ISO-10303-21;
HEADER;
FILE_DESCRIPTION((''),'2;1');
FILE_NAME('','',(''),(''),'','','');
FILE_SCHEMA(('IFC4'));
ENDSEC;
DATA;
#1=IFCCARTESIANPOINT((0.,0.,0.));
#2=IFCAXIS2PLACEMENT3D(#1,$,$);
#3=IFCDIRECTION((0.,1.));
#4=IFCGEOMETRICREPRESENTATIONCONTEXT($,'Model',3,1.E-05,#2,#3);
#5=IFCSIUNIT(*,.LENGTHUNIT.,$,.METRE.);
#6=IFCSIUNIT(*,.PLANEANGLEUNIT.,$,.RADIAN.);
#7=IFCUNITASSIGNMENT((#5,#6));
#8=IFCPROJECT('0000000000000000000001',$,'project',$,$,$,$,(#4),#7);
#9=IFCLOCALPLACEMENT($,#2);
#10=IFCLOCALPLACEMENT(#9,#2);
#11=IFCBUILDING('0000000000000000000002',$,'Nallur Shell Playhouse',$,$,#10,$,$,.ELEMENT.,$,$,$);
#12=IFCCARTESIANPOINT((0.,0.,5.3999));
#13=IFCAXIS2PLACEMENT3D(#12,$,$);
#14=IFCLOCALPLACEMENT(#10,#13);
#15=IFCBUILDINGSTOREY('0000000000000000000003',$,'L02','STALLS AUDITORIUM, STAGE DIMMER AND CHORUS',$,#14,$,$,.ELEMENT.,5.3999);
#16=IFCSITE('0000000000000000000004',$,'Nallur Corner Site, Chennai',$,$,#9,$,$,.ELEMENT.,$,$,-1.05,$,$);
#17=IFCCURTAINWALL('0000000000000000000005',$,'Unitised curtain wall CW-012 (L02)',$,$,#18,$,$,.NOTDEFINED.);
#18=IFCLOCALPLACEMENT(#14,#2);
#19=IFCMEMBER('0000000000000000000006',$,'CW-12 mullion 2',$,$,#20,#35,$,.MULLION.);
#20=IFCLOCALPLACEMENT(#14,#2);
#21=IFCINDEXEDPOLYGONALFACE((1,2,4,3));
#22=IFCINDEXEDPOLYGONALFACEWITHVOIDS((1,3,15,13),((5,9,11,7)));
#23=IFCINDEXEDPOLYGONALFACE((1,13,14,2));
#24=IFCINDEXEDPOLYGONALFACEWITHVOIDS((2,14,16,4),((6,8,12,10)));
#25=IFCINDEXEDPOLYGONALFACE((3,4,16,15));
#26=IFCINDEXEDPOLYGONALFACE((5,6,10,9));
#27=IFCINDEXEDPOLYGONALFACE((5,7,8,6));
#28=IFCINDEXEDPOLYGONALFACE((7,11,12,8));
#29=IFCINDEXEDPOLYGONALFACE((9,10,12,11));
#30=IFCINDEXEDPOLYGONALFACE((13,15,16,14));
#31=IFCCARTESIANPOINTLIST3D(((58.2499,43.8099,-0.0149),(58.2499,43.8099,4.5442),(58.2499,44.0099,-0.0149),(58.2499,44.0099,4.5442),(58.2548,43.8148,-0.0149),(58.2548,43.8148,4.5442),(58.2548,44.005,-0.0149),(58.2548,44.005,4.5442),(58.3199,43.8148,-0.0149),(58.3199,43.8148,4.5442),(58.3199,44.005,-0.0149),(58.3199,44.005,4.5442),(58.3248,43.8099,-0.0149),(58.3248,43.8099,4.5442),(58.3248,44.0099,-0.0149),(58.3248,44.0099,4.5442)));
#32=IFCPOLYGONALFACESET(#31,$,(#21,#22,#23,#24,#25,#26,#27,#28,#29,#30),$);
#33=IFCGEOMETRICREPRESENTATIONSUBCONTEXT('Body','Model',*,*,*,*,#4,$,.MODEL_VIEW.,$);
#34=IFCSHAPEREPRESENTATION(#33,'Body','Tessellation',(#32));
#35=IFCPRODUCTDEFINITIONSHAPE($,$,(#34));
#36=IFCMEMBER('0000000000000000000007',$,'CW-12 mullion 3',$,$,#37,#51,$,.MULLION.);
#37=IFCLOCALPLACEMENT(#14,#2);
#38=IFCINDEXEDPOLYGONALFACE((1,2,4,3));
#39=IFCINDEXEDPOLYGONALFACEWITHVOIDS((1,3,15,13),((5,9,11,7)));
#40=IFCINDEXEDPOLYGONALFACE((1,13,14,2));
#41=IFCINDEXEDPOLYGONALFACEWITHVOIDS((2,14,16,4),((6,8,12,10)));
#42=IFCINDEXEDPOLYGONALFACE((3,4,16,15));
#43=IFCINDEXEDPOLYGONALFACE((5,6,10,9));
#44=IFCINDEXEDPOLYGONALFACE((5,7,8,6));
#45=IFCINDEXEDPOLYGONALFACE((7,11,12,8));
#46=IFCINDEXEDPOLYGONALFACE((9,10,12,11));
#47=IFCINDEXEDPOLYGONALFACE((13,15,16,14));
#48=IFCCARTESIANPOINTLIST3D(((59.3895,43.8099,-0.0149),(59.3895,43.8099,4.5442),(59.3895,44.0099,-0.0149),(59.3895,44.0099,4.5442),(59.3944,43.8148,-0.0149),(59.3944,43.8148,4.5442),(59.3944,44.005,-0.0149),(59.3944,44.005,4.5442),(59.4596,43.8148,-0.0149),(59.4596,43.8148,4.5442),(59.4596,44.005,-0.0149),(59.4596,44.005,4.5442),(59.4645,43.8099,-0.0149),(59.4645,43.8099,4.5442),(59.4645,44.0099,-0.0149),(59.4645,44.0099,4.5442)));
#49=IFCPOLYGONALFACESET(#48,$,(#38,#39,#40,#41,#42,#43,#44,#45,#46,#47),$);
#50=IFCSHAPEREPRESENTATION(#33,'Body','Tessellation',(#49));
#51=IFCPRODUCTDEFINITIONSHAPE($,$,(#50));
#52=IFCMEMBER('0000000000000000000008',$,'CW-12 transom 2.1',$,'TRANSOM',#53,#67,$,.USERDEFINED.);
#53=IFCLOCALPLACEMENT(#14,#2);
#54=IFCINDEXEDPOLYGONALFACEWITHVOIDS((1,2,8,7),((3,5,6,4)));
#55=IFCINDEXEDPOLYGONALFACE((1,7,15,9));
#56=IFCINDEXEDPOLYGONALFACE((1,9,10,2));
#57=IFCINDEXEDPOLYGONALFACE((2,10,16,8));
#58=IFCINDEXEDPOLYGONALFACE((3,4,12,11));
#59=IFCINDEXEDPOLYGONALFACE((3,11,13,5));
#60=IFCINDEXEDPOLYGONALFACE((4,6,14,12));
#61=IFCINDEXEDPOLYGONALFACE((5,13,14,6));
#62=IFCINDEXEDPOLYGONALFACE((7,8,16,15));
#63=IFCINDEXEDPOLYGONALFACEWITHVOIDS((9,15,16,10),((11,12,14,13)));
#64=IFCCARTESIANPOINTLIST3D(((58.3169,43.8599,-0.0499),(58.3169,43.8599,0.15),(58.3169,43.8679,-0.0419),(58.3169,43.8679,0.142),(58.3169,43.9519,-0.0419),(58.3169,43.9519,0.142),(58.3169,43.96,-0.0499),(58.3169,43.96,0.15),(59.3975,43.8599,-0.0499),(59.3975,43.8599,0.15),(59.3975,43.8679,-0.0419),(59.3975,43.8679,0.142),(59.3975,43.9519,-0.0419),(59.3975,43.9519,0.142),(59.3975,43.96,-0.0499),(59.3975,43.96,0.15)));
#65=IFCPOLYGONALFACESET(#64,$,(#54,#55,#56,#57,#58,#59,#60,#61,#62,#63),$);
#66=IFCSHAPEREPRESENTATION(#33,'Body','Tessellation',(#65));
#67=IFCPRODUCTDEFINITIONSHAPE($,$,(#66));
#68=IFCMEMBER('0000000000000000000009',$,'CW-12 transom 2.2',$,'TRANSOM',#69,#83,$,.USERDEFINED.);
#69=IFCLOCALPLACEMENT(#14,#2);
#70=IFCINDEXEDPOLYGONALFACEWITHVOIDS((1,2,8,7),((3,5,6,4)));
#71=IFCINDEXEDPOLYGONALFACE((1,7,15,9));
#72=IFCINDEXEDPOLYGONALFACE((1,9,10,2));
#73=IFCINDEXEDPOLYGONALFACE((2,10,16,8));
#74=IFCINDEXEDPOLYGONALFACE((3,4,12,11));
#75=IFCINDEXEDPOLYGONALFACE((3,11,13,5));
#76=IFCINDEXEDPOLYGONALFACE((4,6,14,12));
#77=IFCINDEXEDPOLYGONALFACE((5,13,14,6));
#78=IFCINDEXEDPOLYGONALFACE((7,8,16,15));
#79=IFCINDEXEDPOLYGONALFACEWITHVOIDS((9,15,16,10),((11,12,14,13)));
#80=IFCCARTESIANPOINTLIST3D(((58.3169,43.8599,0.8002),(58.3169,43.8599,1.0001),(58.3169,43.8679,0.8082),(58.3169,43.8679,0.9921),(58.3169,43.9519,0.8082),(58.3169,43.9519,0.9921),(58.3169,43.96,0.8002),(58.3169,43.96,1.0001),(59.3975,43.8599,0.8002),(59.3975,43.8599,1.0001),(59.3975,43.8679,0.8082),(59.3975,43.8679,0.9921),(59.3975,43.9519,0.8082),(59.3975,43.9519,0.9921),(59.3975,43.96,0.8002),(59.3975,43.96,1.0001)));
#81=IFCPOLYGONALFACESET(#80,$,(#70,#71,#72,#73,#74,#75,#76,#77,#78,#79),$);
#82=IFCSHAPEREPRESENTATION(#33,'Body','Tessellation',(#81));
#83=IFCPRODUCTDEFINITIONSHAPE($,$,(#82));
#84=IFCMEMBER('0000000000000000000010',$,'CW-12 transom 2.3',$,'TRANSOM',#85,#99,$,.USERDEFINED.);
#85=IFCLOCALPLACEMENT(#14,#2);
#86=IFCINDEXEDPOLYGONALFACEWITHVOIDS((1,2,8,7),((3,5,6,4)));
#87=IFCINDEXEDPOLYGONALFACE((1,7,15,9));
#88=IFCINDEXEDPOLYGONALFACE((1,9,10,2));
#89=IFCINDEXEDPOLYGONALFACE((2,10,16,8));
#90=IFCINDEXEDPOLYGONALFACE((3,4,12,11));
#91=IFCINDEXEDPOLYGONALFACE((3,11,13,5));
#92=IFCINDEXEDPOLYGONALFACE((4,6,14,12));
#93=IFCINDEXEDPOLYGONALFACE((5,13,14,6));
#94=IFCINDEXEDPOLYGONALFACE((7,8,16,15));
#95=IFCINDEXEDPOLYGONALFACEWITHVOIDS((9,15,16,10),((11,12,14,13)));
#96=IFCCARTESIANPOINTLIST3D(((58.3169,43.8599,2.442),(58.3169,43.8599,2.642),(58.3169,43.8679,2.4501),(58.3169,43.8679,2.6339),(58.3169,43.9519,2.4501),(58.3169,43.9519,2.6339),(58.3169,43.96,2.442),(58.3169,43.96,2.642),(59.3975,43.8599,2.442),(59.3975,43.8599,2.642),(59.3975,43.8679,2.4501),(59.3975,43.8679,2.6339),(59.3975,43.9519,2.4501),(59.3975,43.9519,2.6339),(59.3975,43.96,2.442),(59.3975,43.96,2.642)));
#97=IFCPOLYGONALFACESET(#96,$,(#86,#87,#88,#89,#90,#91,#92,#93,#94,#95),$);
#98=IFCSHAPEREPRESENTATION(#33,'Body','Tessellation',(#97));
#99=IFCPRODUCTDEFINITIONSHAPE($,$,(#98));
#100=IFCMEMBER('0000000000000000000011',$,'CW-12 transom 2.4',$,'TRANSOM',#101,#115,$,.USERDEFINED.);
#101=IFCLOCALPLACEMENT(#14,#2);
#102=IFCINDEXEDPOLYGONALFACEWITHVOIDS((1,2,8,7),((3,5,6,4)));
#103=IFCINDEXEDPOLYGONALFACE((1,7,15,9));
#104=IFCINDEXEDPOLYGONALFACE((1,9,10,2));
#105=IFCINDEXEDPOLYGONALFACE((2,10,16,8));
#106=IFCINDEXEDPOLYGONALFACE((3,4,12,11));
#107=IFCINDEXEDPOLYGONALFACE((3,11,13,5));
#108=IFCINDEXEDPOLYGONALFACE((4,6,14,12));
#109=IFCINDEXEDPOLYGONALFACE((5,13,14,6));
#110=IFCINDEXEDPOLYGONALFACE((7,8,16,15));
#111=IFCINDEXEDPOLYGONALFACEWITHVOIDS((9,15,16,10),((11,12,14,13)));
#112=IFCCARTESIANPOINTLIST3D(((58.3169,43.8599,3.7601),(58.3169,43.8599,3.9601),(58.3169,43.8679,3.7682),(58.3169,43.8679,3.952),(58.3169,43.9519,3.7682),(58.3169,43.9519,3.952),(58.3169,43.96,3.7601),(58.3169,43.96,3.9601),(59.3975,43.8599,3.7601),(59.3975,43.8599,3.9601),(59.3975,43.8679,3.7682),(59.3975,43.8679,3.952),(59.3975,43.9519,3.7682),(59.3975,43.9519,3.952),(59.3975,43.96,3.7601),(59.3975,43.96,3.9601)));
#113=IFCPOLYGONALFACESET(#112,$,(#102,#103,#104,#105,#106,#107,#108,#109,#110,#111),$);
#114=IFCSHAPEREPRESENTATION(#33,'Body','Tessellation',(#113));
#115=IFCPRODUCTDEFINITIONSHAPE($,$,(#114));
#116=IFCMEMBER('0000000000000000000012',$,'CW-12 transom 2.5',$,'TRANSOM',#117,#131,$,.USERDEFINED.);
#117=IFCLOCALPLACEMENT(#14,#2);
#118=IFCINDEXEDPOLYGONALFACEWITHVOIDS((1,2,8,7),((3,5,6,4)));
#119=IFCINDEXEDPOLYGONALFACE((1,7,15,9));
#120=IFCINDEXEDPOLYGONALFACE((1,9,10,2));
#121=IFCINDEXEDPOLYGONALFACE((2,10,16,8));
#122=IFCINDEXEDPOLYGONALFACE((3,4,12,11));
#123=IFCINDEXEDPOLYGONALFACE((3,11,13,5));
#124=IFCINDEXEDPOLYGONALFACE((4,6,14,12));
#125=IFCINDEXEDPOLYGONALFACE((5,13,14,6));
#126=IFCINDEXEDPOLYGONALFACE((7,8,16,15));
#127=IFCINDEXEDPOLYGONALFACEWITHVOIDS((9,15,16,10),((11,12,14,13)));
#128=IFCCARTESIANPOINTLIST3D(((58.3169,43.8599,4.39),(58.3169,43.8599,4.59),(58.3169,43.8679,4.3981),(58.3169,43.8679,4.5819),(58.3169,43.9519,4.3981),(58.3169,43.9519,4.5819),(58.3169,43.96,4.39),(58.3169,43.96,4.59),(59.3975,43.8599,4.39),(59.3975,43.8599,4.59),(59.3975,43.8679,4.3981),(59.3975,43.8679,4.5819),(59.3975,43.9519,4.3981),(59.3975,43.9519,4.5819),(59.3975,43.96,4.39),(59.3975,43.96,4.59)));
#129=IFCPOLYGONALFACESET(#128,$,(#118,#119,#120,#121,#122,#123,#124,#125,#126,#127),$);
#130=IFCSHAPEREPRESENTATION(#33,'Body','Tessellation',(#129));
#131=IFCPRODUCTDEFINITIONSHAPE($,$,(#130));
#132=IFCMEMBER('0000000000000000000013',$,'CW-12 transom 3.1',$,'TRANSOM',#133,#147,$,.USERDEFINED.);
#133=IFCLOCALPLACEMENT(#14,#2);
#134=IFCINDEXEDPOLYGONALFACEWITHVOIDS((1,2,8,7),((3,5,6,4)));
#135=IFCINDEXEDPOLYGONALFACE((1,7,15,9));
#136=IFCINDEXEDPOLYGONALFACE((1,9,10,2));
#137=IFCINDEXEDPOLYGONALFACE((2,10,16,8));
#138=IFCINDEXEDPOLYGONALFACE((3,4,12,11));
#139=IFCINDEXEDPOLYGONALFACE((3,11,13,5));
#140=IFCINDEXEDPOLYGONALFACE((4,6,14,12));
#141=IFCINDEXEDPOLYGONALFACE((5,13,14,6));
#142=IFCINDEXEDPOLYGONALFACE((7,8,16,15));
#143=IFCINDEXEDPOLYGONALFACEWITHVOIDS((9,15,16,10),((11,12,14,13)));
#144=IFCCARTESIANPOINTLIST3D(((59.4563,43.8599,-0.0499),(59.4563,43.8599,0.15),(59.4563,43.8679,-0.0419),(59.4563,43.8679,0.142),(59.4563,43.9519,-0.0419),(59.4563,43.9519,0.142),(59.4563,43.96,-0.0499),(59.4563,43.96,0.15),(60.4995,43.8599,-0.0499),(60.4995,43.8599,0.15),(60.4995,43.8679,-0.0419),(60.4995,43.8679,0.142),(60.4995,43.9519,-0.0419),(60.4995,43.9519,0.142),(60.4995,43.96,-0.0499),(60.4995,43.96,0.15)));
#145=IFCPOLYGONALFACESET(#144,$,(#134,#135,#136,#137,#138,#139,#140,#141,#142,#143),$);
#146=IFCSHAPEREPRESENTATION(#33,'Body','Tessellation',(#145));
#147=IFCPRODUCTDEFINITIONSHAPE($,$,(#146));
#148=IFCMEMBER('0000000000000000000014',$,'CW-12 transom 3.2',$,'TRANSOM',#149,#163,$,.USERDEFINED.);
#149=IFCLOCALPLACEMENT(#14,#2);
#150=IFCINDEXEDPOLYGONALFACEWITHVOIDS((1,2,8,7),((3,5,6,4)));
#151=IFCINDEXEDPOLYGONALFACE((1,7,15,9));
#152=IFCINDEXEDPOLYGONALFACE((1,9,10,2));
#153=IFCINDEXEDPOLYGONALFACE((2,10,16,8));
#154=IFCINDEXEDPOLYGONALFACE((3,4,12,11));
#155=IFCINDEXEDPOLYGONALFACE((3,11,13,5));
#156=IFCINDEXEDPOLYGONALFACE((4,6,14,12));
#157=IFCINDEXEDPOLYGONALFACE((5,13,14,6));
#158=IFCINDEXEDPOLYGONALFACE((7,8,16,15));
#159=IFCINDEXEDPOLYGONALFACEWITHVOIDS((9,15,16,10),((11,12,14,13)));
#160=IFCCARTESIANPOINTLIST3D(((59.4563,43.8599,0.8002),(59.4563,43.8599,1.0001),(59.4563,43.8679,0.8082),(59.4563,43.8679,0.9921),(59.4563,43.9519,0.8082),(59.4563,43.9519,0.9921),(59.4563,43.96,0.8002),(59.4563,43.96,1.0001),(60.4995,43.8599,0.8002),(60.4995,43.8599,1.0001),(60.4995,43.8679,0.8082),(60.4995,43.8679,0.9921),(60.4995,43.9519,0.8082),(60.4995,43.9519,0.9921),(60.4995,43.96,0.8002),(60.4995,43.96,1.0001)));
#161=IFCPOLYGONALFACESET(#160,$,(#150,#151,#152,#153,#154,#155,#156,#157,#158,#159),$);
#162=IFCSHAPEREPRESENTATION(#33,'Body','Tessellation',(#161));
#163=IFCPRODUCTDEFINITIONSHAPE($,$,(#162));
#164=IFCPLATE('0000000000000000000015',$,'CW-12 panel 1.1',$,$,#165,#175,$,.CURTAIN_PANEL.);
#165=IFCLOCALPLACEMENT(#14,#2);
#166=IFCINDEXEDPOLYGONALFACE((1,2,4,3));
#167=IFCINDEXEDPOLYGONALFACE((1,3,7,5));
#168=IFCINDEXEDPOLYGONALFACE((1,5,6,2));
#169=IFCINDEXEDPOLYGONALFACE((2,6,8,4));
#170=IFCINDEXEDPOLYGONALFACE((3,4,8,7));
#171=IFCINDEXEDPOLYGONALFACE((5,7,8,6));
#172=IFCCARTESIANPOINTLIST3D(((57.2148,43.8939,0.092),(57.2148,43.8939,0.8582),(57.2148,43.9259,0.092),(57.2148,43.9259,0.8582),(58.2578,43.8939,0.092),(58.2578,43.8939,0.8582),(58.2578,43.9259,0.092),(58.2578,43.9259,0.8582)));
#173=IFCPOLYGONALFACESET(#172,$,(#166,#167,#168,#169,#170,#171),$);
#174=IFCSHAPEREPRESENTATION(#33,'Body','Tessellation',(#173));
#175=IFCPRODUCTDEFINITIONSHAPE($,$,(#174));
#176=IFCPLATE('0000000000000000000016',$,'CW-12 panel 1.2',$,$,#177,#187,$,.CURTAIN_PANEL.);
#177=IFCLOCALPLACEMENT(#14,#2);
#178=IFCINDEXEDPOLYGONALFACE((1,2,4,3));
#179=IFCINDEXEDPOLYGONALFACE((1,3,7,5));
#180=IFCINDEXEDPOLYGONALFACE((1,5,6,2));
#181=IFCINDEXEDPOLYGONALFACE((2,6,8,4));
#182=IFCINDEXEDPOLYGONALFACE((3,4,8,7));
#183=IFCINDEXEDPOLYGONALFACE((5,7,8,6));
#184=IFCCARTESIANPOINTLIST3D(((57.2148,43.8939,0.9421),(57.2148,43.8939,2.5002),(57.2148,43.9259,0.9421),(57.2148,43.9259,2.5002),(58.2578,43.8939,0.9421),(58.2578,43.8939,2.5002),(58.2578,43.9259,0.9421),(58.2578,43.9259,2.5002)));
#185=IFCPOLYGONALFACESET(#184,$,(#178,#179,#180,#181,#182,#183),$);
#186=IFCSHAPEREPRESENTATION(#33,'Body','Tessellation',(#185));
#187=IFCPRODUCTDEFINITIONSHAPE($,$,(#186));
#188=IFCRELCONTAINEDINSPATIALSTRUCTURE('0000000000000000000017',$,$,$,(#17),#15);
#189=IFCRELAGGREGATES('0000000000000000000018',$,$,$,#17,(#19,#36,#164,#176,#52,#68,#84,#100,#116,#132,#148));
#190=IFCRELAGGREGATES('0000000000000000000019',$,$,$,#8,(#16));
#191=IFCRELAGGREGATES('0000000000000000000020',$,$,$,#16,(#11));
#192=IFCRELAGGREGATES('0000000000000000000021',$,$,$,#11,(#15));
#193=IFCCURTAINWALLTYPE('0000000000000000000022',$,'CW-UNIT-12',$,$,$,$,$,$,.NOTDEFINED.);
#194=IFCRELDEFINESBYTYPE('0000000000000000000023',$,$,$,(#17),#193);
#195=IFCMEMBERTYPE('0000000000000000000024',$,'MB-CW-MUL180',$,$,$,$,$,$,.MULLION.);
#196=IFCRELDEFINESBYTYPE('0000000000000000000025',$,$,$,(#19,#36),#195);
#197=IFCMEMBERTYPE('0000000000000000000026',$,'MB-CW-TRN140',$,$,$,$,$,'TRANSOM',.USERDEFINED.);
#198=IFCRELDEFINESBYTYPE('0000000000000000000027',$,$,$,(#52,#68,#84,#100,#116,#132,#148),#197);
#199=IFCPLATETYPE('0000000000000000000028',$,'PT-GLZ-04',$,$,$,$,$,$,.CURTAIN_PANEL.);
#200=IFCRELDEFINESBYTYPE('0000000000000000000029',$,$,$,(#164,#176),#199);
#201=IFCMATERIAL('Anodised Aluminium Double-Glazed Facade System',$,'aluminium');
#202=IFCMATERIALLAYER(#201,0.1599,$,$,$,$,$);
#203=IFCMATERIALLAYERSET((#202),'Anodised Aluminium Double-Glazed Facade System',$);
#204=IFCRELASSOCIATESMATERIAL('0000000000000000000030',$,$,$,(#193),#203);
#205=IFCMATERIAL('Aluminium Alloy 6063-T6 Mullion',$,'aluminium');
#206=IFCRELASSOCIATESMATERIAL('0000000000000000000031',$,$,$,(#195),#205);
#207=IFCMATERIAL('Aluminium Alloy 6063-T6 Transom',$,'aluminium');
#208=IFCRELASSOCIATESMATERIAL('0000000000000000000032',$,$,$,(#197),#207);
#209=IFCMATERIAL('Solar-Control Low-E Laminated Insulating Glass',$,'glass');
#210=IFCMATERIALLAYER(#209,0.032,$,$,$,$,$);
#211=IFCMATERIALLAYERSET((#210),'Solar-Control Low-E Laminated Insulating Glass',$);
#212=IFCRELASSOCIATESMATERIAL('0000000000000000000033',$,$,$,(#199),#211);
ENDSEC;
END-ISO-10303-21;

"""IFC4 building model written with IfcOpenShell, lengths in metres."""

from ifc_helpers import new_model, si_unit, direction, frame, origin, origin_2d, place, context, subcontext, project, spatial, rectangle, hollow_rectangle, extrude, material, layer, layer_set, material_profile, profile_set, type_object, element, aggregate, save


model = new_model("IFC4")

# Units and contexts
model_context = context("Model", 3, precision=1e-05, world=origin(), true_north=direction((0.0, 1.0)))
body_context = subcontext(model_context, "Body", "Model", "MODEL_VIEW")
ifc_project = project(units=[si_unit("LENGTHUNIT", "METRE"), si_unit("PLANEANGLEUNIT", "RADIAN")], contexts=[model_context])

# Site, building, storey
site_placement = place(None, origin())
site = spatial("IfcSite", under=ifc_project, at=site_placement, Name="Nallur Corner Site, Chennai", CompositionType="ELEMENT", RefElevation=-1.05)
building_placement = place(site_placement, origin())
building = spatial("IfcBuilding", under=site, at=building_placement, Name="Nallur Shell Playhouse", CompositionType="ELEMENT")
storey_placement = place(building_placement, frame((0.0, 0.0, 5.3999)))
storey = spatial("IfcBuildingStorey", under=building, at=storey_placement, Name="L02", Description="STALLS AUDITORIUM, STAGE DIMMER AND CHORUS", CompositionType="ELEMENT", Elevation=5.3999)

# Curtain wall, members, plates
ifc_material_1 = material(Name="Anodised Aluminium Double-Glazed Facade System", Category="aluminium")
ifc_layer_1 = layer(ifc_material_1, 0.1599)
ifc_layer_set_1 = layer_set([ifc_layer_1], Name="Anodised Aluminium Double-Glazed Facade System")
curtain_wall_type = type_object("IfcCurtainWallType", Name="CW-UNIT-12", PredefinedType="NOTDEFINED", material=ifc_layer_set_1)
curtain_wall_placement = place(storey_placement, origin())
curtain_wall = element("IfcCurtainWall", 1, at=curtain_wall_placement, inside=storey, type_object=curtain_wall_type, Name="Unitised curtain wall CW-012 (L02)", PredefinedType="NOTDEFINED")
ifc_material_2 = material(Name="Aluminium Alloy 6063-T6 Mullion", Category="aluminium")
ifc_material_profile_1 = material_profile(ifc_material_2, hollow_rectangle(XDim=0.075, YDim=0.2, WallThickness=0.0049, at=origin_2d()), Name="ALU 75x200x5")
ifc_profile_set_1 = profile_set([ifc_material_profile_1], Name="Aluminium Alloy 6063-T6 Mullion")
member_type_1 = type_object("IfcMemberType", Name="MB-CW-MUL180", PredefinedType="MULLION", material=ifc_profile_set_1)
member_1_placement = place(storey_placement, frame((58.2874, 43.9099, -0.0149), z_axis=(0.0, 0.0, 1.0), x_axis=(1.0, 0.0, 0.0)))
member_1 = element("IfcMember", 2, at=member_1_placement, type_object=member_type_1, Name="CW-12 mullion 2", PredefinedType="MULLION", context=body_context, shape_type="SweptSolid", body=[
    extrude(hollow_rectangle(XDim=0.075, YDim=0.2, WallThickness=0.0049, at=origin_2d()), origin(), (0.0, 0.0, 1.0), 4.5591),
])
member_2_placement = place(storey_placement, frame((59.427, 43.9099, -0.0149), z_axis=(0.0, 0.0, 1.0), x_axis=(1.0, 0.0, 0.0)))
member_2 = element("IfcMember", 3, at=member_2_placement, type_object=member_type_1, Name="CW-12 mullion 3", PredefinedType="MULLION", context=body_context, shape_type="SweptSolid", body=[
    extrude(hollow_rectangle(XDim=0.075, YDim=0.2, WallThickness=0.0049, at=origin_2d()), origin(), (0.0, 0.0, 1.0), 4.5591),
])
ifc_material_3 = material(Name="Aluminium Alloy 6063-T6 Transom", Category="aluminium")
ifc_material_profile_2 = material_profile(ifc_material_3, hollow_rectangle(XDim=0.1001, YDim=0.2, WallThickness=0.0081, at=origin_2d()), Name="RHS 200x100x8")
ifc_profile_set_2 = profile_set([ifc_material_profile_2], Name="Aluminium Alloy 6063-T6 Transom")
member_type_2 = type_object("IfcMemberType", Name="MB-CW-TRN140", ElementType="TRANSOM", PredefinedType="USERDEFINED", material=ifc_profile_set_2)
member_3_placement = place(storey_placement, frame((58.3169, 43.9099, 0.05), z_axis=(1.0, 0.0, 0.0), x_axis=(0.0, 1.0, 0.0)))
member_3 = element("IfcMember", 4, at=member_3_placement, type_object=member_type_2, Name="CW-12 transom 2.1", ObjectType="TRANSOM", PredefinedType="USERDEFINED", context=body_context, shape_type="SweptSolid", body=[
    extrude(hollow_rectangle(XDim=0.1001, YDim=0.2, WallThickness=0.0081, at=origin_2d()), origin(), (0.0, 0.0, 1.0), 1.0806),
])
member_4_placement = place(storey_placement, frame((58.3169, 43.9099, 0.9001), z_axis=(1.0, 0.0, 0.0), x_axis=(0.0, 1.0, 0.0)))
member_4 = element("IfcMember", 5, at=member_4_placement, type_object=member_type_2, Name="CW-12 transom 2.2", ObjectType="TRANSOM", PredefinedType="USERDEFINED", context=body_context, shape_type="SweptSolid", body=[
    extrude(hollow_rectangle(XDim=0.1001, YDim=0.2, WallThickness=0.0081, at=origin_2d()), origin(), (0.0, 0.0, 1.0), 1.0806),
])
member_5_placement = place(storey_placement, frame((58.3169, 43.9099, 2.542), z_axis=(1.0, 0.0, 0.0), x_axis=(0.0, 1.0, 0.0)))
member_5 = element("IfcMember", 6, at=member_5_placement, type_object=member_type_2, Name="CW-12 transom 2.3", ObjectType="TRANSOM", PredefinedType="USERDEFINED", context=body_context, shape_type="SweptSolid", body=[
    extrude(hollow_rectangle(XDim=0.1001, YDim=0.2, WallThickness=0.0081, at=origin_2d()), origin(), (0.0, 0.0, 1.0), 1.0806),
])
member_6_placement = place(storey_placement, frame((58.3169, 43.9099, 3.8601), z_axis=(1.0, 0.0, 0.0), x_axis=(0.0, 1.0, 0.0)))
member_6 = element("IfcMember", 7, at=member_6_placement, type_object=member_type_2, Name="CW-12 transom 2.4", ObjectType="TRANSOM", PredefinedType="USERDEFINED", context=body_context, shape_type="SweptSolid", body=[
    extrude(hollow_rectangle(XDim=0.1001, YDim=0.2, WallThickness=0.0081, at=origin_2d()), origin(), (0.0, 0.0, 1.0), 1.0806),
])
member_7_placement = place(storey_placement, frame((58.3169, 43.9099, 4.49), z_axis=(1.0, 0.0, 0.0), x_axis=(0.0, 1.0, 0.0)))
member_7 = element("IfcMember", 8, at=member_7_placement, type_object=member_type_2, Name="CW-12 transom 2.5", ObjectType="TRANSOM", PredefinedType="USERDEFINED", context=body_context, shape_type="SweptSolid", body=[
    extrude(hollow_rectangle(XDim=0.1001, YDim=0.2, WallThickness=0.0081, at=origin_2d()), origin(), (0.0, 0.0, 1.0), 1.0806),
])
member_8_placement = place(storey_placement, frame((59.4563, 43.9099, 0.05), z_axis=(1.0, 0.0, 0.0), x_axis=(0.0, 1.0, 0.0)))
member_8 = element("IfcMember", 9, at=member_8_placement, type_object=member_type_2, Name="CW-12 transom 3.1", ObjectType="TRANSOM", PredefinedType="USERDEFINED", context=body_context, shape_type="SweptSolid", body=[
    extrude(hollow_rectangle(XDim=0.1001, YDim=0.2, WallThickness=0.0081, at=origin_2d()), origin(), (0.0, 0.0, 1.0), 1.0432),
])
member_9_placement = place(storey_placement, frame((59.4563, 43.9099, 0.9001), z_axis=(1.0, 0.0, 0.0), x_axis=(0.0, 1.0, 0.0)))
member_9 = element("IfcMember", 10, at=member_9_placement, type_object=member_type_2, Name="CW-12 transom 3.2", ObjectType="TRANSOM", PredefinedType="USERDEFINED", context=body_context, shape_type="SweptSolid", body=[
    extrude(hollow_rectangle(XDim=0.1001, YDim=0.2, WallThickness=0.0081, at=origin_2d()), origin(), (0.0, 0.0, 1.0), 1.0432),
])
ifc_material_4 = material(Name="Solar-Control Low-E Laminated Insulating Glass", Category="glass")
ifc_layer_2 = layer(ifc_material_4, 0.032)
ifc_layer_set_2 = layer_set([ifc_layer_2], Name="Solar-Control Low-E Laminated Insulating Glass")
plate_type_1 = type_object("IfcPlateType", Name="PT-GLZ-04", PredefinedType="CURTAIN_PANEL", material=ifc_layer_set_2)
plate_1_placement = place(storey_placement, frame((57.7363, 43.9099, 0.092), z_axis=(0.0, 0.0, 1.0), x_axis=(1.0, 0.0, 0.0)))
plate_1 = element("IfcPlate", 11, at=plate_1_placement, type_object=plate_type_1, Name="CW-12 panel 1.1", PredefinedType="CURTAIN_PANEL", context=body_context, shape_type="SweptSolid", body=[
    extrude(rectangle(XDim=1.043, YDim=0.032, at=origin_2d()), origin(), (0.0, 0.0, 1.0), 0.7661),
])
plate_2_placement = place(storey_placement, frame((57.7363, 43.9099, 0.9421), z_axis=(0.0, 0.0, 1.0), x_axis=(1.0, 0.0, 0.0)))
plate_2 = element("IfcPlate", 12, at=plate_2_placement, type_object=plate_type_1, Name="CW-12 panel 1.2", PredefinedType="CURTAIN_PANEL", context=body_context, shape_type="SweptSolid", body=[
    extrude(rectangle(XDim=1.043, YDim=0.032, at=origin_2d()), origin(), (0.0, 0.0, 1.0), 1.5581),
])
aggregate(curtain_wall, [member_1, member_2, plate_1, plate_2, member_3, member_4, member_5, member_6, member_7, member_8, member_9])

save(model, "model.ifc")
